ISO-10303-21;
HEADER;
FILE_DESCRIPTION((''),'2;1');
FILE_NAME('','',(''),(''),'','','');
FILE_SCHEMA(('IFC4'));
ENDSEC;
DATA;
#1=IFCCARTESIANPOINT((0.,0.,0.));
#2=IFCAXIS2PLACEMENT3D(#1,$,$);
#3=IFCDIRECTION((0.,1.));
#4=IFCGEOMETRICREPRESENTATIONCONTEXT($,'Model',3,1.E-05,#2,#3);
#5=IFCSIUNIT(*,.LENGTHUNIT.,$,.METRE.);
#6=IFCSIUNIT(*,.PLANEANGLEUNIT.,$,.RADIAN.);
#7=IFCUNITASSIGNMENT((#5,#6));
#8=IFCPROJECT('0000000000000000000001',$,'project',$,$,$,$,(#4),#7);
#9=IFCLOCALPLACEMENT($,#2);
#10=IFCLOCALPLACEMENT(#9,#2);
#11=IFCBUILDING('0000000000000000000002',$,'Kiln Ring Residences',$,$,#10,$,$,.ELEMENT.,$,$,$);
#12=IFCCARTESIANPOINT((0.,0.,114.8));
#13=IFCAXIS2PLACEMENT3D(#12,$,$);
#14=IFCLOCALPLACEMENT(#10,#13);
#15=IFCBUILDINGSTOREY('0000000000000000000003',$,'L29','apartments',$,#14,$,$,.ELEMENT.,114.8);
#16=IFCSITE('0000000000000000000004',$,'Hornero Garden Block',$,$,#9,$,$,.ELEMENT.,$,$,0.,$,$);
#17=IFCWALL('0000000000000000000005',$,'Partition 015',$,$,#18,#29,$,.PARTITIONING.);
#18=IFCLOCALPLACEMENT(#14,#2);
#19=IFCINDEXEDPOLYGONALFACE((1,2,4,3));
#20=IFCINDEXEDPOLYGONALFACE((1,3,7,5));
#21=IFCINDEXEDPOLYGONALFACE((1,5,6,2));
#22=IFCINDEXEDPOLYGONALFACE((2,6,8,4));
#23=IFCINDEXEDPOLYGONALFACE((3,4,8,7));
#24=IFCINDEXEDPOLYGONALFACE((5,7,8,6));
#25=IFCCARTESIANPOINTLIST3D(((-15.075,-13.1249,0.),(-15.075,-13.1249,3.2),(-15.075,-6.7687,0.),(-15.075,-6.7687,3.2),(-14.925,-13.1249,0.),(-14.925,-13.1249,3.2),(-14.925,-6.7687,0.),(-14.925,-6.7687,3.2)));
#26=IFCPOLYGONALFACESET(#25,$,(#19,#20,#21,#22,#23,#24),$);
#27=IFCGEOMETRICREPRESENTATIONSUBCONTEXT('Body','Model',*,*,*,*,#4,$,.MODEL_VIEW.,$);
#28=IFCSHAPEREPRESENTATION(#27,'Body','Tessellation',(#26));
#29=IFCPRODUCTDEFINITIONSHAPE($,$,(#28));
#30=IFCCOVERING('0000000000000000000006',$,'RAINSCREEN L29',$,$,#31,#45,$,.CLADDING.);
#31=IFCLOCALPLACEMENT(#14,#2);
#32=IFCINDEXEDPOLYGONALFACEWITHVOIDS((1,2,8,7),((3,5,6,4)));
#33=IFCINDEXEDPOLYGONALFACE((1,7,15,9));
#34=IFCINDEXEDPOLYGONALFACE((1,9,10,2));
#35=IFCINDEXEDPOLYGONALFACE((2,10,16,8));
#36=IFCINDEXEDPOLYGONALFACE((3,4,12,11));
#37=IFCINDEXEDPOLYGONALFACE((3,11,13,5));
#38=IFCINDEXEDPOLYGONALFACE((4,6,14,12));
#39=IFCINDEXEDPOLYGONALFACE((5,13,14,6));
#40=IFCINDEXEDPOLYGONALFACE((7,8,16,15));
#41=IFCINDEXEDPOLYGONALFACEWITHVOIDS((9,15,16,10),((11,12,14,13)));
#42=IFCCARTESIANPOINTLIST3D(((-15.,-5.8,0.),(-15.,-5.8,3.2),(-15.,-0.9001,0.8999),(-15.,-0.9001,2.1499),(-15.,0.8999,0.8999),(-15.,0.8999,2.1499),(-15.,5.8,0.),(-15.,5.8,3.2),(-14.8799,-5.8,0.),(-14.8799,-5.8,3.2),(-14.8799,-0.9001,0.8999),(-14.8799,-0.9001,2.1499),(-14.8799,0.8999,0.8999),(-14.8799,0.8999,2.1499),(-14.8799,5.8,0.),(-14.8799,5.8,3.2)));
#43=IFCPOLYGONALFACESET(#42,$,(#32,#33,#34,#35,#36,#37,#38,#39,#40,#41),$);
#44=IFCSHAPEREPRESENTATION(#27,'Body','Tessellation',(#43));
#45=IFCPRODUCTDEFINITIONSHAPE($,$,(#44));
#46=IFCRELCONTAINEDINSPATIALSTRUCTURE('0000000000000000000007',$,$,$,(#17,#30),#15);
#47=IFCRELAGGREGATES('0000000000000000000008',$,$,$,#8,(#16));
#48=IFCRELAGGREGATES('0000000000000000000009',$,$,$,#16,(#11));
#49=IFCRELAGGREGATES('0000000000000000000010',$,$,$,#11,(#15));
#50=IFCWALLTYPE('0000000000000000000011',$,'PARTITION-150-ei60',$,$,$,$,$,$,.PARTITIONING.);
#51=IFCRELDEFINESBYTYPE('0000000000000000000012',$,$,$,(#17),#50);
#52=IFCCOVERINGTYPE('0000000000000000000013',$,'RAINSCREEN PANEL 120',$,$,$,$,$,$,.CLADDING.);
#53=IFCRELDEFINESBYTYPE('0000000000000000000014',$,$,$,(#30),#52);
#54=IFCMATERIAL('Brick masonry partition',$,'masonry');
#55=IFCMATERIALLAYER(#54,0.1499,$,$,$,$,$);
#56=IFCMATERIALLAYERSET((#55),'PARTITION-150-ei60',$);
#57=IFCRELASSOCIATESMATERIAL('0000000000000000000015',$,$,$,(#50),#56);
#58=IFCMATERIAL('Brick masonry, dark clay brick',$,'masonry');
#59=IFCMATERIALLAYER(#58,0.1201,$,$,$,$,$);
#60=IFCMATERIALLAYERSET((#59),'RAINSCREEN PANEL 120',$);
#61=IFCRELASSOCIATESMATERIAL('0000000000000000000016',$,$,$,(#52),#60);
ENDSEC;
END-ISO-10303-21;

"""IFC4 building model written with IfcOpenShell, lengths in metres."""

from ifc_helpers import new_model, si_unit, direction, frame, frame_2d, origin, place, context, subcontext, project, spatial, polyline, rectangle, outline, extrude, material, layer, layer_set, type_object, element, save


model = new_model("IFC4")

# Units and contexts
model_context = context("Model", 3, precision=1e-05, world=origin(), true_north=direction((0.0, 1.0)))
body_context = subcontext(model_context, "Body", "Model", "MODEL_VIEW")
ifc_project = project(units=[si_unit("LENGTHUNIT", "METRE"), si_unit("PLANEANGLEUNIT", "RADIAN")], contexts=[model_context])

# Site, building, storey
site_placement = place(None, origin())
site = spatial("IfcSite", under=ifc_project, at=site_placement, Name="Hornero Garden Block", CompositionType="ELEMENT", RefElevation=0.0)
building_placement = place(site_placement, origin())
building = spatial("IfcBuilding", under=site, at=building_placement, Name="Kiln Ring Residences", CompositionType="ELEMENT")
storey_placement = place(building_placement, frame((0.0, 0.0, 114.8)))
storey = spatial("IfcBuildingStorey", under=building, at=storey_placement, Name="L29", Description="apartments", CompositionType="ELEMENT", Elevation=114.8)

# Shared definitions
ifc_material_1 = material(Name="Brick masonry partition", Category="masonry")
ifc_layer_1 = layer(ifc_material_1, 0.1499)
ifc_layer_set_1 = layer_set([ifc_layer_1], Name="PARTITION-150-ei60")
wall_type_1 = type_object("IfcWallType", Name="PARTITION-150-ei60", PredefinedType="PARTITIONING", material=ifc_layer_set_1)

# Wall
wall_1_placement = place(storey_placement, frame((-15.0, -13.125, 0.0), z_axis=(0.0, 0.0, 1.0), x_axis=(0.0, 1.0, 0.0)))
element("IfcWall", 1, at=wall_1_placement, inside=storey, type_object=wall_type_1, Name="Partition 015", PredefinedType="PARTITIONING", context=body_context, shape_type="SweptSolid", body=[
    extrude(rectangle(XDim=6.3562, YDim=0.1499, at=frame_2d((3.1782, 0.0))), origin(), (0.0, 0.0, 1.0), 3.2),
])

# Covering
ifc_material_2 = material(Name="Brick masonry, dark clay brick", Category="masonry")
ifc_layer_2 = layer(ifc_material_2, 0.1201)
ifc_layer_set_2 = layer_set([ifc_layer_2], Name="RAINSCREEN PANEL 120")
covering_type = type_object("IfcCoveringType", Name="RAINSCREEN PANEL 120", PredefinedType="CLADDING", material=ifc_layer_set_2)
covering_placement = place(storey_placement, frame((-14.9399, -5.8, 0.0), z_axis=(0.0, 0.0, 1.0), x_axis=(0.0, 1.0, 0.0)))
element("IfcCovering", 2, at=covering_placement, inside=storey, type_object=covering_type, Name="RAINSCREEN L29", PredefinedType="CLADDING", context=body_context, shape_type="SweptSolid", body=[
    extrude(outline(polyline([(0.0, 0.0), (11.6001, 0.0), (11.6001, 3.2), (0.0, 3.2), (0.0, 0.0)]), holes=[polyline([(4.8999, 2.1499), (4.8999, 0.8999), (6.7, 0.8999), (6.7, 2.1499), (4.8999, 2.1499)])]), frame((0.0, 0.0601, 0.0), z_axis=(0.0, -1.0, 0.0), x_axis=(1.0, 0.0, 0.0)), (0.0, 0.0, 1.0), 0.1201),
])

save(model, "model.ifc")
